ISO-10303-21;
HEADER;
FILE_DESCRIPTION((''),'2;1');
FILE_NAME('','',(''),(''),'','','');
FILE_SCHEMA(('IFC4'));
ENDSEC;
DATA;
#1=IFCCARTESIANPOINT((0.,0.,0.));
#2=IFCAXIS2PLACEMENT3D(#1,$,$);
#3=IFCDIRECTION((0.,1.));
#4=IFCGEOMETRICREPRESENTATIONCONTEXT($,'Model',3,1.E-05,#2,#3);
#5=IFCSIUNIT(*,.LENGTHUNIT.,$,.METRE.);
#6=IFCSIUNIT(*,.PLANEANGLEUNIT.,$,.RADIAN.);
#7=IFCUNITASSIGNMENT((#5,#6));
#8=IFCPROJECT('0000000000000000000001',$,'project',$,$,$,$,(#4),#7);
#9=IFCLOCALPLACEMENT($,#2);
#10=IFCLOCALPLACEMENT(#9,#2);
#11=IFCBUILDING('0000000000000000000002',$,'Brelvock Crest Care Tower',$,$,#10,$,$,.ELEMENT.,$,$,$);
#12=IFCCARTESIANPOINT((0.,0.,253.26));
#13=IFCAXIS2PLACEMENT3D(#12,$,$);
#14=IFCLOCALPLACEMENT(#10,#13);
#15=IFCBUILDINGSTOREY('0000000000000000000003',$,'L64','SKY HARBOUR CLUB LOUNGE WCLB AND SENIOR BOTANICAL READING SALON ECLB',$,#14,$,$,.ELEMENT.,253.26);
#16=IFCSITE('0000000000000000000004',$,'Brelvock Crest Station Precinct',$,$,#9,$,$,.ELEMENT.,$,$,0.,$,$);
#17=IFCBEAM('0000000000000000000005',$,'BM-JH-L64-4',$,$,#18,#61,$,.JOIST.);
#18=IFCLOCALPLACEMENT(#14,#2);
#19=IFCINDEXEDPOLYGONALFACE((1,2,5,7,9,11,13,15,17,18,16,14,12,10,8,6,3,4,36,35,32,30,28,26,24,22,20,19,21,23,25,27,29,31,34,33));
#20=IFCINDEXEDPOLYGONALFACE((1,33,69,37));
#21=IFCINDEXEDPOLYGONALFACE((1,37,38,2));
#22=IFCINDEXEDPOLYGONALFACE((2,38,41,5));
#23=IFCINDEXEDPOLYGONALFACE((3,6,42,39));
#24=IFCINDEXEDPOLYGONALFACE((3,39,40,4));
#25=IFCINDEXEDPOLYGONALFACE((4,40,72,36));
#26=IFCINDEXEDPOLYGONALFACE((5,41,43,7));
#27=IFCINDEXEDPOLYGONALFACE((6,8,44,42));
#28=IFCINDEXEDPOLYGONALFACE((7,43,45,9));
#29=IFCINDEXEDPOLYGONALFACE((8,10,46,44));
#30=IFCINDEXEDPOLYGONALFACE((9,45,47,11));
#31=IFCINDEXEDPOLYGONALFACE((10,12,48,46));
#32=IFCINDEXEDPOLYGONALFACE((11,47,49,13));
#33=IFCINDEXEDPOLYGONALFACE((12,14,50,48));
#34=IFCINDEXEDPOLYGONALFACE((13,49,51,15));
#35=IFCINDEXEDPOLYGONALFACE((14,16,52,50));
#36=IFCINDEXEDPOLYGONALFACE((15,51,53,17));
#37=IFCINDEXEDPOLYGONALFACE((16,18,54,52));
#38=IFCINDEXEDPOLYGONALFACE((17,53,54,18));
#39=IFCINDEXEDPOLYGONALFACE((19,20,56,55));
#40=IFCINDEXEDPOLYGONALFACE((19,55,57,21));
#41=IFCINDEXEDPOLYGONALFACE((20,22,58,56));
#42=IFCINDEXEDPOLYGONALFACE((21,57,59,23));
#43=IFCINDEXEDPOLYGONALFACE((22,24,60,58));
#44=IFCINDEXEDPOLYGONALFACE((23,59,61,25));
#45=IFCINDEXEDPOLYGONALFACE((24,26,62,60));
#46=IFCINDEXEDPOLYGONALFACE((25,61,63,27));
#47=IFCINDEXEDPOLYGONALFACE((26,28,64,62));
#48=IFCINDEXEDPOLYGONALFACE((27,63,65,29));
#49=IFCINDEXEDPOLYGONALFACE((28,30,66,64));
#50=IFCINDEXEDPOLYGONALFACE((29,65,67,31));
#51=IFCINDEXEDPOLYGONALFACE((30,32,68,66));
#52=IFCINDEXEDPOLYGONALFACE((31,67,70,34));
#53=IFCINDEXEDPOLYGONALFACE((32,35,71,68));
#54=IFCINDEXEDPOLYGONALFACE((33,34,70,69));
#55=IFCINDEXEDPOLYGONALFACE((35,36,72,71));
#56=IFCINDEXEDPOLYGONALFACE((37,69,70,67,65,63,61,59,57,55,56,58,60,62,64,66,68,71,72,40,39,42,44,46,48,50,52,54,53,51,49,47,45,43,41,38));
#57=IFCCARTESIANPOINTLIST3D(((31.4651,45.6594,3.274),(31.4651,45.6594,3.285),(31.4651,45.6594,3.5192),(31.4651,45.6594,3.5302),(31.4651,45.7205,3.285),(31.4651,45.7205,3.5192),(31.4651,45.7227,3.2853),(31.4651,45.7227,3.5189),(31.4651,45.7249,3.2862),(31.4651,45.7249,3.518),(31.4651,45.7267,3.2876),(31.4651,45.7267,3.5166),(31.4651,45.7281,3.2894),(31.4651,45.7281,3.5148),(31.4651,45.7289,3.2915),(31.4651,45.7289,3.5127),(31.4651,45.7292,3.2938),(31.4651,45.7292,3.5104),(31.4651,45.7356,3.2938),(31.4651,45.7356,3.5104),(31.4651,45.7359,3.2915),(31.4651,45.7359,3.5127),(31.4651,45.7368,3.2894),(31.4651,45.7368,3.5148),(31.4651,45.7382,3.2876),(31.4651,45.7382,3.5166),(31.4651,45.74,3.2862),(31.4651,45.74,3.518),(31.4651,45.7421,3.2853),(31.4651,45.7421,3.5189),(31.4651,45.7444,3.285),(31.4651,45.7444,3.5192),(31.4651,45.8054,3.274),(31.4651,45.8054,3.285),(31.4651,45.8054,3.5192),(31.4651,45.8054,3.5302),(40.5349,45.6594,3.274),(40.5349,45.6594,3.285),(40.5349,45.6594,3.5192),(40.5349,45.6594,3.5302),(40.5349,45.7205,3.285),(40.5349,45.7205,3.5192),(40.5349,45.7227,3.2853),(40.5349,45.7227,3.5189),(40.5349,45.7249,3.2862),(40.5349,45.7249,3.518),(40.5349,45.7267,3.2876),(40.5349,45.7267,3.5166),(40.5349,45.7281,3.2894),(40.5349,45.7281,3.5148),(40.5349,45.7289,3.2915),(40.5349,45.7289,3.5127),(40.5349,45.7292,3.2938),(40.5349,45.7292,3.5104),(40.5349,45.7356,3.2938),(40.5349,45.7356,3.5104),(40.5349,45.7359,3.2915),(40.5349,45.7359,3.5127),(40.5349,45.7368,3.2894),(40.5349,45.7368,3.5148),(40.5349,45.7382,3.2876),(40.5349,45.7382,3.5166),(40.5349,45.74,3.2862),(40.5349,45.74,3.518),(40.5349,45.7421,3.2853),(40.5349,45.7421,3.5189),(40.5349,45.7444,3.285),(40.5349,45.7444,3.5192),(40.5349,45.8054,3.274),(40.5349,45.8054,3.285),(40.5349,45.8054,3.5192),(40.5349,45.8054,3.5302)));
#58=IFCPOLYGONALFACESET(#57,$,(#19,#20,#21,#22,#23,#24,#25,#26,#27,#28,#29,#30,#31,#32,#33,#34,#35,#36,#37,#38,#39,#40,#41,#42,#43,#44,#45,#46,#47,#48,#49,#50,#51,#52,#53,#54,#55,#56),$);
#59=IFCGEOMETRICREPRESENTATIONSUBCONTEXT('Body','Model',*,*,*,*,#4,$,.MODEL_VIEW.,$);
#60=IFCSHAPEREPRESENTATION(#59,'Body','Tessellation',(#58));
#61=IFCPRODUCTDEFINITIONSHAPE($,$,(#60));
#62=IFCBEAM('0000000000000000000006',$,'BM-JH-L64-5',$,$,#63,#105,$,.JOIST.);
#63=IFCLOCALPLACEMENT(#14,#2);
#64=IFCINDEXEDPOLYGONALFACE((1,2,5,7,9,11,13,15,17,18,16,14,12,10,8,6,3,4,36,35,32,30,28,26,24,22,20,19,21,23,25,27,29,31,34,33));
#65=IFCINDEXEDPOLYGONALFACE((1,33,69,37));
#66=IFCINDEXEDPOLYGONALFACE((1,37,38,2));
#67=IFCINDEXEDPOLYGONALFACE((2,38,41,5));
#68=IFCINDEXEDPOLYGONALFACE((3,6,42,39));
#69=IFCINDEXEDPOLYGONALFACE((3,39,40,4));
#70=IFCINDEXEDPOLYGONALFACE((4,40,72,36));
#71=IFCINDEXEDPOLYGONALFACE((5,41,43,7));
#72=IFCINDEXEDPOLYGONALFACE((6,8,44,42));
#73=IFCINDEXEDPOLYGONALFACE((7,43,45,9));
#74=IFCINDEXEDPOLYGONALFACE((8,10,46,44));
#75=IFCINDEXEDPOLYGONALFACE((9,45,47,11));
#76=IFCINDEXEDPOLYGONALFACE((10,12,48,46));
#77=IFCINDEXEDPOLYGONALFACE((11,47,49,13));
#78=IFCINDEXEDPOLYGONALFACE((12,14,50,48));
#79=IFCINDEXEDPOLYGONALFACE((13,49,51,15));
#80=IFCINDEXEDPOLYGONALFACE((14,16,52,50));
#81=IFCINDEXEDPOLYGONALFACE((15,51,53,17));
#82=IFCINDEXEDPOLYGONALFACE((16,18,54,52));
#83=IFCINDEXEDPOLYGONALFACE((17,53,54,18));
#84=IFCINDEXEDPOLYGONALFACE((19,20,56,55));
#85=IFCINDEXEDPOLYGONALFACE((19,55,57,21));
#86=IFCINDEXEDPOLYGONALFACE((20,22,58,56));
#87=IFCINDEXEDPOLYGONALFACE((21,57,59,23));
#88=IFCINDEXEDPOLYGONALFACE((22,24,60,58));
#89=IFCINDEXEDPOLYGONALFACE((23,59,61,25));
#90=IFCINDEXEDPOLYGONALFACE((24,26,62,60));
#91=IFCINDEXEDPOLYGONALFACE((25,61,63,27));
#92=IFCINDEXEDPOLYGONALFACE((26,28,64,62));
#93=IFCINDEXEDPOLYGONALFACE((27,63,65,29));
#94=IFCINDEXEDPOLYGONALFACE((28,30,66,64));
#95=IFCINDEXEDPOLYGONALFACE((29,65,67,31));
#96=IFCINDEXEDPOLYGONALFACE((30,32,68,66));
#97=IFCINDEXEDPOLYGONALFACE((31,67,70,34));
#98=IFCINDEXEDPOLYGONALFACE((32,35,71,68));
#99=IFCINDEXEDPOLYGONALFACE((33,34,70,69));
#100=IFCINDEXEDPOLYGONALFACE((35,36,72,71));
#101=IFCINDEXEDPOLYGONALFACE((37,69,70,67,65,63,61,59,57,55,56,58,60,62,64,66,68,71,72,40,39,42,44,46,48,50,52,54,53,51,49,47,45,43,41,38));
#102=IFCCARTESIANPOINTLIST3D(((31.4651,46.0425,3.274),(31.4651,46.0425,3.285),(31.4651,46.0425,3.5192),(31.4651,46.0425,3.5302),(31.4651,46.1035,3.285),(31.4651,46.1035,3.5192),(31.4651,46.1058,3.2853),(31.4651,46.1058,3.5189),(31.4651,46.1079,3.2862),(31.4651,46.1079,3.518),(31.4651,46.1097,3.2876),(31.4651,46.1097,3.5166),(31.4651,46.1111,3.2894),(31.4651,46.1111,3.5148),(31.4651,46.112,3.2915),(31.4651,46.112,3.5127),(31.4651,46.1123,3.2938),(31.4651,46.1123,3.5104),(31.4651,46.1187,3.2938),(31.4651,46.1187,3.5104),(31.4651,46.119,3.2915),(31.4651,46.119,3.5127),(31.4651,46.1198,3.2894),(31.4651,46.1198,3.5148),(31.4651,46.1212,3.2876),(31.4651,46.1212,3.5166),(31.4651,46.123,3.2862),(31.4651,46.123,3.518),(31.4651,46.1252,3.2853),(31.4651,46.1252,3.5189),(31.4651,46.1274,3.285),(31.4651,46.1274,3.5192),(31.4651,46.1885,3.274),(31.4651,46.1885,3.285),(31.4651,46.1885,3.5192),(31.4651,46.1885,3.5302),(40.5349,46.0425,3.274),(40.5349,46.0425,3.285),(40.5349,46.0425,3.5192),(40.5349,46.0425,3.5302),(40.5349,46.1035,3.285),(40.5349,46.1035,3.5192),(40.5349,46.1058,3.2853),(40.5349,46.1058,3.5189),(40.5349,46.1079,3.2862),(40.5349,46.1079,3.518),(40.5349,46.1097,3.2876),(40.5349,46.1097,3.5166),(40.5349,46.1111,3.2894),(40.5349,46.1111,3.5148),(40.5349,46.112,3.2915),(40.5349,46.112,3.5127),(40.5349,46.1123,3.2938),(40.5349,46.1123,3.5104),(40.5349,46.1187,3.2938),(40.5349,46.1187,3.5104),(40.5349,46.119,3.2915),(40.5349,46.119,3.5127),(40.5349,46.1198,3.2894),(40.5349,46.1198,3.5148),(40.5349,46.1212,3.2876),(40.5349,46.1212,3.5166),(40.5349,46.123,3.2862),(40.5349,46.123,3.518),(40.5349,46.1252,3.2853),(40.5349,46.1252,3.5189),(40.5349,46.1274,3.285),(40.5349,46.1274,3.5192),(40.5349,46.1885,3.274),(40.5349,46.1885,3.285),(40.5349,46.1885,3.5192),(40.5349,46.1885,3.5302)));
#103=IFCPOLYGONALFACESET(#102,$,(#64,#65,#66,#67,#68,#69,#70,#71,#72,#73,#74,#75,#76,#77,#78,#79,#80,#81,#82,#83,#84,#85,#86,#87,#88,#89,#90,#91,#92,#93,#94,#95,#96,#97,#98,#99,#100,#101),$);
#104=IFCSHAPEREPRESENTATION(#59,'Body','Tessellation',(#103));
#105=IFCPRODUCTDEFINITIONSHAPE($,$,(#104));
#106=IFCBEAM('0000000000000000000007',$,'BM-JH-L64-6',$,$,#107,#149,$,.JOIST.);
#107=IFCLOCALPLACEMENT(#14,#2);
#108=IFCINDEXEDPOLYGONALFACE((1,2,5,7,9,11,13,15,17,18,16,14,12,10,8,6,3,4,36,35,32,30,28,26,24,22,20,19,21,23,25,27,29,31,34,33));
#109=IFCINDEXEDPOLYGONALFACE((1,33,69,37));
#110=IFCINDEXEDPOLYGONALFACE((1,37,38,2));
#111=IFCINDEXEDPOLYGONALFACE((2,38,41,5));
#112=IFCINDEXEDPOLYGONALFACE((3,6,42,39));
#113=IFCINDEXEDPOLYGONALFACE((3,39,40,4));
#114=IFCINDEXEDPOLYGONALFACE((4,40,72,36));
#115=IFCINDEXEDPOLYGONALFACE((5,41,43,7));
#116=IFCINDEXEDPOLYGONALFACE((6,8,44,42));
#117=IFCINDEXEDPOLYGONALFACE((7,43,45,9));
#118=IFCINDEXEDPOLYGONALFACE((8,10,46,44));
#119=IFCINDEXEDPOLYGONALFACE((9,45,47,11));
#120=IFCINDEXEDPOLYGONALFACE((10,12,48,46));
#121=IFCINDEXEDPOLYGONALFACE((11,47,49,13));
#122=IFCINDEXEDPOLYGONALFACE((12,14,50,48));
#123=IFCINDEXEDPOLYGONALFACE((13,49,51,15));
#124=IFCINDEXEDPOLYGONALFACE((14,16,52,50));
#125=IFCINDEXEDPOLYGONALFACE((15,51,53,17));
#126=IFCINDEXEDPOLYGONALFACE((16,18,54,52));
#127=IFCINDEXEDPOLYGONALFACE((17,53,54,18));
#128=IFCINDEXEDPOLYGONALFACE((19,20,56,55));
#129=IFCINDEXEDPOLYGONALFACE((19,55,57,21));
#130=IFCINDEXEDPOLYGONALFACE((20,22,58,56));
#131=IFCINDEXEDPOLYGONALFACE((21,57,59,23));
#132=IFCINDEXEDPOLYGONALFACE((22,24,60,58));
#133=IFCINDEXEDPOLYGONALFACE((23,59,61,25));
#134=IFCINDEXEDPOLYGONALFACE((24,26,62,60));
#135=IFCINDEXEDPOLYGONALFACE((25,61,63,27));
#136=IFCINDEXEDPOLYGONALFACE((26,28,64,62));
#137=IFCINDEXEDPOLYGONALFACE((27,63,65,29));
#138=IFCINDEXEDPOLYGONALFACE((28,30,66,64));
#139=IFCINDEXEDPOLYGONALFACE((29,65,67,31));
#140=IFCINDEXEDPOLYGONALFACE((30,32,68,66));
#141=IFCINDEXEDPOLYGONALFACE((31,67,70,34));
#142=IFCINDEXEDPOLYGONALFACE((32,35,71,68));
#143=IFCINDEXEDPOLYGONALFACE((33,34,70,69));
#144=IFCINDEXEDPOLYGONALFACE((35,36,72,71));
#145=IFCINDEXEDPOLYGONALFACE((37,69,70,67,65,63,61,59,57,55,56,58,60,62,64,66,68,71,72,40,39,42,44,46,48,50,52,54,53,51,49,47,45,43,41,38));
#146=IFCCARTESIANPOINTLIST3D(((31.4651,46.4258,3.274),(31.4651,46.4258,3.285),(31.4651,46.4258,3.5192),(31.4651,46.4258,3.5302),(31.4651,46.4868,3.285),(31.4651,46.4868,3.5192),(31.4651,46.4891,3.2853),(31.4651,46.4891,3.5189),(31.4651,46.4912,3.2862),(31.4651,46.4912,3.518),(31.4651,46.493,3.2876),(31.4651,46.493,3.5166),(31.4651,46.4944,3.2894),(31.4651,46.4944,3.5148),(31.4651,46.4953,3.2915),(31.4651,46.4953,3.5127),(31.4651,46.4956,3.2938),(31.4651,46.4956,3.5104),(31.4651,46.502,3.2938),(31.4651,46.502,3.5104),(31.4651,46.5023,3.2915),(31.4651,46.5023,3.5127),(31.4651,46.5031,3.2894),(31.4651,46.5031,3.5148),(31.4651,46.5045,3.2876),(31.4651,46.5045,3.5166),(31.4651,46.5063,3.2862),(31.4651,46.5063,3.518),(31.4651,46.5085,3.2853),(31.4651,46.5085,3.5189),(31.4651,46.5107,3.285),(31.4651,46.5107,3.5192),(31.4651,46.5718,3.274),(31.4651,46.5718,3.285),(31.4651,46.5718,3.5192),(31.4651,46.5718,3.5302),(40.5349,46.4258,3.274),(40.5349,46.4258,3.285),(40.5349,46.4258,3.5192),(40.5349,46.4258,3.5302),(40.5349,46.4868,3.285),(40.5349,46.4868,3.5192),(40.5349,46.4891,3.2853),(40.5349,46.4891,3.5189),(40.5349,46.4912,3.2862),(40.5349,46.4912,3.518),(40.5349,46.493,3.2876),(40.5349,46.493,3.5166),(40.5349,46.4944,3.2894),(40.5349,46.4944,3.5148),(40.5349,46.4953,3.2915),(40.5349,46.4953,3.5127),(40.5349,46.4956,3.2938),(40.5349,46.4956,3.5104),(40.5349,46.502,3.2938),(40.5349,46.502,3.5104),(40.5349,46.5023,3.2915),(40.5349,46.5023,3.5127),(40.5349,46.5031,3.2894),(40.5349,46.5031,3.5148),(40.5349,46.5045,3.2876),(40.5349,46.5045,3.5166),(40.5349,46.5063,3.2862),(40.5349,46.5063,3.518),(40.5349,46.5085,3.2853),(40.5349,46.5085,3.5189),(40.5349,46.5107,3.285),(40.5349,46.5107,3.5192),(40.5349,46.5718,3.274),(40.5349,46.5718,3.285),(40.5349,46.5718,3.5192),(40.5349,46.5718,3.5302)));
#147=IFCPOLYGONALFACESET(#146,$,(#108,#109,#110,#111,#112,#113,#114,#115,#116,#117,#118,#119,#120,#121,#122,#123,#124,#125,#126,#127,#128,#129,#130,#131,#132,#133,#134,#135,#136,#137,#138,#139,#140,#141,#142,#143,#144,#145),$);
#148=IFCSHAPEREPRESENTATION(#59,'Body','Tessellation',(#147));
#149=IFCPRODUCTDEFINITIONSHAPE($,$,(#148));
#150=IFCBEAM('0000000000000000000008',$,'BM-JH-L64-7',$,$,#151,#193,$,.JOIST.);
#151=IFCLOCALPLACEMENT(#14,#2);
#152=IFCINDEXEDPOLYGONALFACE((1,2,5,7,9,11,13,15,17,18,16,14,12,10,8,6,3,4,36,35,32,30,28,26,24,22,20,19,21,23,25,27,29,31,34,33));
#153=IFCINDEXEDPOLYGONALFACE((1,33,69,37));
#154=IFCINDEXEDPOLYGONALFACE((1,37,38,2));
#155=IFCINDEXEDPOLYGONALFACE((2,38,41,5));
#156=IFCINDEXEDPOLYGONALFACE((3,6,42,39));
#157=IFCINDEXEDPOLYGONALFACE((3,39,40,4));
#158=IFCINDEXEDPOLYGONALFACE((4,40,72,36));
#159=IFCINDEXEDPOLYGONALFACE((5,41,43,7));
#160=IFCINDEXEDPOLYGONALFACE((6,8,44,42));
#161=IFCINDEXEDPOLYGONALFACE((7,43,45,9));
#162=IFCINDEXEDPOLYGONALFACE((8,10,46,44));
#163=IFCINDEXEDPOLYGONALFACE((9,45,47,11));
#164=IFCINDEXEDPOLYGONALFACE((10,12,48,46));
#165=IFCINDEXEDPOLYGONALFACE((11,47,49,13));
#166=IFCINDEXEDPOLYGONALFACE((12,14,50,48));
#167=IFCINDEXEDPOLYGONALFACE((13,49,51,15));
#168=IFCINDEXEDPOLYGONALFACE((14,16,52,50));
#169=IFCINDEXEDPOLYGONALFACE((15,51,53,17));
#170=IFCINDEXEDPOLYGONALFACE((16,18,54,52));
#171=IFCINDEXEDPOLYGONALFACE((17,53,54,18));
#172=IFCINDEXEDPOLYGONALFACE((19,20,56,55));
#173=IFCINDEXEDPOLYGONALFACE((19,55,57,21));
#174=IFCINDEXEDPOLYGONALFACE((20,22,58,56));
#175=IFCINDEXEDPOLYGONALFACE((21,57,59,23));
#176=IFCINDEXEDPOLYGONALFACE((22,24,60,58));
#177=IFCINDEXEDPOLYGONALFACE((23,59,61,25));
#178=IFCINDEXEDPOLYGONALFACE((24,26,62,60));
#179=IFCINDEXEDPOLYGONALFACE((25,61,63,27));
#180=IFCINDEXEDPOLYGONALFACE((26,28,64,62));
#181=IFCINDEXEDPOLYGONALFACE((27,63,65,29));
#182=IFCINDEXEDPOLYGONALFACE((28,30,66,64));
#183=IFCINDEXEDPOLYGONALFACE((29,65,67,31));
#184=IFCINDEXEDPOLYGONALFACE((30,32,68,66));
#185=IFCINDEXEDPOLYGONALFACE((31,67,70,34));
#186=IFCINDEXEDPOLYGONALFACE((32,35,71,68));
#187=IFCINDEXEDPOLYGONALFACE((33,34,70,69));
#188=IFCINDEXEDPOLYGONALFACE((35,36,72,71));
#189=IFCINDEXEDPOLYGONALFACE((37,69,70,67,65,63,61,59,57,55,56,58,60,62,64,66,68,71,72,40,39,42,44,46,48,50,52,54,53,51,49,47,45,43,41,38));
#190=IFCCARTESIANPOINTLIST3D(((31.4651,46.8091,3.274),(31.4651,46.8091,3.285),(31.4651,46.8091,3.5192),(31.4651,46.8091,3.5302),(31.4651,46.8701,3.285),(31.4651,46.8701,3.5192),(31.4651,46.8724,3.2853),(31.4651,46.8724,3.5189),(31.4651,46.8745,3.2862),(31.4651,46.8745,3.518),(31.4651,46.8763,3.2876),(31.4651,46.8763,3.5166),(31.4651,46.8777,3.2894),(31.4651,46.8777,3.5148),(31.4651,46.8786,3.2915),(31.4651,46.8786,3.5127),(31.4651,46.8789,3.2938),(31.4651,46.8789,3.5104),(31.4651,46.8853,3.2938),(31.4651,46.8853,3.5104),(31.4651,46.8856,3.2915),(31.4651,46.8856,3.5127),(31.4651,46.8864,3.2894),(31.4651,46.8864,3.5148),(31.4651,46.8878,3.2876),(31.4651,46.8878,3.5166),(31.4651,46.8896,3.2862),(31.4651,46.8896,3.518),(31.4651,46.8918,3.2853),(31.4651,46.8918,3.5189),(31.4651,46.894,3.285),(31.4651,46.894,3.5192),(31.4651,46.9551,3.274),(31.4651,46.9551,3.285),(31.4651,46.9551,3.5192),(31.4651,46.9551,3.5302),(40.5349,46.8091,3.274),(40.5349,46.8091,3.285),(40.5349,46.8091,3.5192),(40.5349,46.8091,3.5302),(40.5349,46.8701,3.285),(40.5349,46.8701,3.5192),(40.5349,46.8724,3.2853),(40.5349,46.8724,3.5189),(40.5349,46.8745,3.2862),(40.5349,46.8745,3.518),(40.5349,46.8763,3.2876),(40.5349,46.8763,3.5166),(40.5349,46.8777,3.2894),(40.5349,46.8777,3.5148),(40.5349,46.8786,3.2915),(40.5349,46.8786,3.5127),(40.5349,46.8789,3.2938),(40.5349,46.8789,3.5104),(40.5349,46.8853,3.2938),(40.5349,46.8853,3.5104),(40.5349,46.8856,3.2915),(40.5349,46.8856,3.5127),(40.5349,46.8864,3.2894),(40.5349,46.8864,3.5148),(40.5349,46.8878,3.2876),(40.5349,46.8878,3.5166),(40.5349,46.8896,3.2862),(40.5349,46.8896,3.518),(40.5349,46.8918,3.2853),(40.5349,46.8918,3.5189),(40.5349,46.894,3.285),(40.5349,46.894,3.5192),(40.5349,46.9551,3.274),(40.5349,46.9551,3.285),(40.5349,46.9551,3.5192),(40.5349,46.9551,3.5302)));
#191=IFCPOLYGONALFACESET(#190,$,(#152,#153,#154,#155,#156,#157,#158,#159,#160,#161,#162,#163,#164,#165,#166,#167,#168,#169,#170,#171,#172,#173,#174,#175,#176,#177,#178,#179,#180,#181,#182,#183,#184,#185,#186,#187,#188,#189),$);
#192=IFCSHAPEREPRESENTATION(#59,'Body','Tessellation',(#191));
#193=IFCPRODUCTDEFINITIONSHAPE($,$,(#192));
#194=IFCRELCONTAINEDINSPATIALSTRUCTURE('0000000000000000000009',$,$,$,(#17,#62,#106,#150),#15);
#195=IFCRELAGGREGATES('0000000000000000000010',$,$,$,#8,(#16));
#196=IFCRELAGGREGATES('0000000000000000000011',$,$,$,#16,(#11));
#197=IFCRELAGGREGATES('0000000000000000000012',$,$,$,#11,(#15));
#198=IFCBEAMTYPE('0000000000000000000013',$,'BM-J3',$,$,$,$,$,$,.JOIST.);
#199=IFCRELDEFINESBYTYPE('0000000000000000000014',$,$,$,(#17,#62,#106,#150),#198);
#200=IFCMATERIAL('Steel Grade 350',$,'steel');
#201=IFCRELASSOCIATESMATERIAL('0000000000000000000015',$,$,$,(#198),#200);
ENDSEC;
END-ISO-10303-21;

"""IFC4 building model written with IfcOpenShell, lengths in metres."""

from ifc_helpers import new_model, si_unit, direction, frame, origin, origin_2d, place, context, subcontext, project, spatial, i_section, extrude, source, transform, mapped, material, material_profile, profile_set, type_object, element, save


model = new_model("IFC4")

# Units and contexts
model_context = context("Model", 3, precision=1e-05, world=origin(), true_north=direction((0.0, 1.0)))
body_context = subcontext(model_context, "Body", "Model", "MODEL_VIEW")
ifc_project = project(units=[si_unit("LENGTHUNIT", "METRE"), si_unit("PLANEANGLEUNIT", "RADIAN")], contexts=[model_context])

# Site, building, storey
site_placement = place(None, origin())
site = spatial("IfcSite", under=ifc_project, at=site_placement, Name="Brelvock Crest Station Precinct", CompositionType="ELEMENT", RefElevation=0.0)
building_placement = place(site_placement, origin())
building = spatial("IfcBuilding", under=site, at=building_placement, Name="Brelvock Crest Care Tower", CompositionType="ELEMENT")
storey_placement = place(building_placement, frame((0.0, 0.0, 253.26)))
storey = spatial("IfcBuildingStorey", under=building, at=storey_placement, Name="L64", Description="SKY HARBOUR CLUB LOUNGE WCLB AND SENIOR BOTANICAL READING SALON ECLB", CompositionType="ELEMENT", Elevation=253.26)

# Beams
ifc_material = material(Name="Steel Grade 350", Category="steel")
ifc_material_profile_1 = material_profile(ifc_material, i_section(OverallWidth=0.146, OverallDepth=0.2561, WebThickness=0.0063, FlangeThickness=0.011, FilletRadius=0.0088, at=origin_2d()), Name="250UB37.3")
ifc_profile_set_1 = profile_set([ifc_material_profile_1], Name="Steel Grade 350")
beam_type_1 = type_object("IfcBeamType", Name="BM-J3", PredefinedType="JOIST", material=ifc_profile_set_1)
shared_shape_1 = source(origin(), body_context, "Body", "SweptSolid", [
    extrude(i_section(OverallWidth=0.146, OverallDepth=0.2561, WebThickness=0.0063, FlangeThickness=0.011, FilletRadius=0.0088, at=origin_2d()), origin(), (0.0, 0.0, 1.0), 9.0698),
])
for number, where, z_axis, x_axis, name in (
    (1, (31.4651, 45.7324, 3.4021), (1.0, 0.0, 0.0), (0.0, 1.0, 0.0), "BM-JH-L64-4"),
    (2, (31.4651, 46.1155, 3.4021), (1.0, 0.0, 0.0), (0.0, 1.0, 0.0), "BM-JH-L64-5"),
    (3, (31.4651, 46.4988, 3.4021), (1.0, 0.0, 0.0), (0.0, 1.0, 0.0), "BM-JH-L64-6"),
    (4, (31.4651, 46.8821, 3.4021), (1.0, 0.0, 0.0), (0.0, 1.0, 0.0), "BM-JH-L64-7"),
):
    element("IfcBeam", number, at=place(storey_placement, frame(where, z_axis=z_axis, x_axis=x_axis)), inside=storey, type_object=beam_type_1, Name=name, PredefinedType="JOIST", context=body_context, shape_type="MappedRepresentation", body=[
        mapped(shared_shape_1, transform((0.0, 0.0, 0.0), x_axis=(1.0, 0.0, 0.0), y_axis=(0.0, 1.0, 0.0), z_axis=(0.0, 0.0, 1.0), scale=1.0)),
    ])

save(model, "model.ifc")
